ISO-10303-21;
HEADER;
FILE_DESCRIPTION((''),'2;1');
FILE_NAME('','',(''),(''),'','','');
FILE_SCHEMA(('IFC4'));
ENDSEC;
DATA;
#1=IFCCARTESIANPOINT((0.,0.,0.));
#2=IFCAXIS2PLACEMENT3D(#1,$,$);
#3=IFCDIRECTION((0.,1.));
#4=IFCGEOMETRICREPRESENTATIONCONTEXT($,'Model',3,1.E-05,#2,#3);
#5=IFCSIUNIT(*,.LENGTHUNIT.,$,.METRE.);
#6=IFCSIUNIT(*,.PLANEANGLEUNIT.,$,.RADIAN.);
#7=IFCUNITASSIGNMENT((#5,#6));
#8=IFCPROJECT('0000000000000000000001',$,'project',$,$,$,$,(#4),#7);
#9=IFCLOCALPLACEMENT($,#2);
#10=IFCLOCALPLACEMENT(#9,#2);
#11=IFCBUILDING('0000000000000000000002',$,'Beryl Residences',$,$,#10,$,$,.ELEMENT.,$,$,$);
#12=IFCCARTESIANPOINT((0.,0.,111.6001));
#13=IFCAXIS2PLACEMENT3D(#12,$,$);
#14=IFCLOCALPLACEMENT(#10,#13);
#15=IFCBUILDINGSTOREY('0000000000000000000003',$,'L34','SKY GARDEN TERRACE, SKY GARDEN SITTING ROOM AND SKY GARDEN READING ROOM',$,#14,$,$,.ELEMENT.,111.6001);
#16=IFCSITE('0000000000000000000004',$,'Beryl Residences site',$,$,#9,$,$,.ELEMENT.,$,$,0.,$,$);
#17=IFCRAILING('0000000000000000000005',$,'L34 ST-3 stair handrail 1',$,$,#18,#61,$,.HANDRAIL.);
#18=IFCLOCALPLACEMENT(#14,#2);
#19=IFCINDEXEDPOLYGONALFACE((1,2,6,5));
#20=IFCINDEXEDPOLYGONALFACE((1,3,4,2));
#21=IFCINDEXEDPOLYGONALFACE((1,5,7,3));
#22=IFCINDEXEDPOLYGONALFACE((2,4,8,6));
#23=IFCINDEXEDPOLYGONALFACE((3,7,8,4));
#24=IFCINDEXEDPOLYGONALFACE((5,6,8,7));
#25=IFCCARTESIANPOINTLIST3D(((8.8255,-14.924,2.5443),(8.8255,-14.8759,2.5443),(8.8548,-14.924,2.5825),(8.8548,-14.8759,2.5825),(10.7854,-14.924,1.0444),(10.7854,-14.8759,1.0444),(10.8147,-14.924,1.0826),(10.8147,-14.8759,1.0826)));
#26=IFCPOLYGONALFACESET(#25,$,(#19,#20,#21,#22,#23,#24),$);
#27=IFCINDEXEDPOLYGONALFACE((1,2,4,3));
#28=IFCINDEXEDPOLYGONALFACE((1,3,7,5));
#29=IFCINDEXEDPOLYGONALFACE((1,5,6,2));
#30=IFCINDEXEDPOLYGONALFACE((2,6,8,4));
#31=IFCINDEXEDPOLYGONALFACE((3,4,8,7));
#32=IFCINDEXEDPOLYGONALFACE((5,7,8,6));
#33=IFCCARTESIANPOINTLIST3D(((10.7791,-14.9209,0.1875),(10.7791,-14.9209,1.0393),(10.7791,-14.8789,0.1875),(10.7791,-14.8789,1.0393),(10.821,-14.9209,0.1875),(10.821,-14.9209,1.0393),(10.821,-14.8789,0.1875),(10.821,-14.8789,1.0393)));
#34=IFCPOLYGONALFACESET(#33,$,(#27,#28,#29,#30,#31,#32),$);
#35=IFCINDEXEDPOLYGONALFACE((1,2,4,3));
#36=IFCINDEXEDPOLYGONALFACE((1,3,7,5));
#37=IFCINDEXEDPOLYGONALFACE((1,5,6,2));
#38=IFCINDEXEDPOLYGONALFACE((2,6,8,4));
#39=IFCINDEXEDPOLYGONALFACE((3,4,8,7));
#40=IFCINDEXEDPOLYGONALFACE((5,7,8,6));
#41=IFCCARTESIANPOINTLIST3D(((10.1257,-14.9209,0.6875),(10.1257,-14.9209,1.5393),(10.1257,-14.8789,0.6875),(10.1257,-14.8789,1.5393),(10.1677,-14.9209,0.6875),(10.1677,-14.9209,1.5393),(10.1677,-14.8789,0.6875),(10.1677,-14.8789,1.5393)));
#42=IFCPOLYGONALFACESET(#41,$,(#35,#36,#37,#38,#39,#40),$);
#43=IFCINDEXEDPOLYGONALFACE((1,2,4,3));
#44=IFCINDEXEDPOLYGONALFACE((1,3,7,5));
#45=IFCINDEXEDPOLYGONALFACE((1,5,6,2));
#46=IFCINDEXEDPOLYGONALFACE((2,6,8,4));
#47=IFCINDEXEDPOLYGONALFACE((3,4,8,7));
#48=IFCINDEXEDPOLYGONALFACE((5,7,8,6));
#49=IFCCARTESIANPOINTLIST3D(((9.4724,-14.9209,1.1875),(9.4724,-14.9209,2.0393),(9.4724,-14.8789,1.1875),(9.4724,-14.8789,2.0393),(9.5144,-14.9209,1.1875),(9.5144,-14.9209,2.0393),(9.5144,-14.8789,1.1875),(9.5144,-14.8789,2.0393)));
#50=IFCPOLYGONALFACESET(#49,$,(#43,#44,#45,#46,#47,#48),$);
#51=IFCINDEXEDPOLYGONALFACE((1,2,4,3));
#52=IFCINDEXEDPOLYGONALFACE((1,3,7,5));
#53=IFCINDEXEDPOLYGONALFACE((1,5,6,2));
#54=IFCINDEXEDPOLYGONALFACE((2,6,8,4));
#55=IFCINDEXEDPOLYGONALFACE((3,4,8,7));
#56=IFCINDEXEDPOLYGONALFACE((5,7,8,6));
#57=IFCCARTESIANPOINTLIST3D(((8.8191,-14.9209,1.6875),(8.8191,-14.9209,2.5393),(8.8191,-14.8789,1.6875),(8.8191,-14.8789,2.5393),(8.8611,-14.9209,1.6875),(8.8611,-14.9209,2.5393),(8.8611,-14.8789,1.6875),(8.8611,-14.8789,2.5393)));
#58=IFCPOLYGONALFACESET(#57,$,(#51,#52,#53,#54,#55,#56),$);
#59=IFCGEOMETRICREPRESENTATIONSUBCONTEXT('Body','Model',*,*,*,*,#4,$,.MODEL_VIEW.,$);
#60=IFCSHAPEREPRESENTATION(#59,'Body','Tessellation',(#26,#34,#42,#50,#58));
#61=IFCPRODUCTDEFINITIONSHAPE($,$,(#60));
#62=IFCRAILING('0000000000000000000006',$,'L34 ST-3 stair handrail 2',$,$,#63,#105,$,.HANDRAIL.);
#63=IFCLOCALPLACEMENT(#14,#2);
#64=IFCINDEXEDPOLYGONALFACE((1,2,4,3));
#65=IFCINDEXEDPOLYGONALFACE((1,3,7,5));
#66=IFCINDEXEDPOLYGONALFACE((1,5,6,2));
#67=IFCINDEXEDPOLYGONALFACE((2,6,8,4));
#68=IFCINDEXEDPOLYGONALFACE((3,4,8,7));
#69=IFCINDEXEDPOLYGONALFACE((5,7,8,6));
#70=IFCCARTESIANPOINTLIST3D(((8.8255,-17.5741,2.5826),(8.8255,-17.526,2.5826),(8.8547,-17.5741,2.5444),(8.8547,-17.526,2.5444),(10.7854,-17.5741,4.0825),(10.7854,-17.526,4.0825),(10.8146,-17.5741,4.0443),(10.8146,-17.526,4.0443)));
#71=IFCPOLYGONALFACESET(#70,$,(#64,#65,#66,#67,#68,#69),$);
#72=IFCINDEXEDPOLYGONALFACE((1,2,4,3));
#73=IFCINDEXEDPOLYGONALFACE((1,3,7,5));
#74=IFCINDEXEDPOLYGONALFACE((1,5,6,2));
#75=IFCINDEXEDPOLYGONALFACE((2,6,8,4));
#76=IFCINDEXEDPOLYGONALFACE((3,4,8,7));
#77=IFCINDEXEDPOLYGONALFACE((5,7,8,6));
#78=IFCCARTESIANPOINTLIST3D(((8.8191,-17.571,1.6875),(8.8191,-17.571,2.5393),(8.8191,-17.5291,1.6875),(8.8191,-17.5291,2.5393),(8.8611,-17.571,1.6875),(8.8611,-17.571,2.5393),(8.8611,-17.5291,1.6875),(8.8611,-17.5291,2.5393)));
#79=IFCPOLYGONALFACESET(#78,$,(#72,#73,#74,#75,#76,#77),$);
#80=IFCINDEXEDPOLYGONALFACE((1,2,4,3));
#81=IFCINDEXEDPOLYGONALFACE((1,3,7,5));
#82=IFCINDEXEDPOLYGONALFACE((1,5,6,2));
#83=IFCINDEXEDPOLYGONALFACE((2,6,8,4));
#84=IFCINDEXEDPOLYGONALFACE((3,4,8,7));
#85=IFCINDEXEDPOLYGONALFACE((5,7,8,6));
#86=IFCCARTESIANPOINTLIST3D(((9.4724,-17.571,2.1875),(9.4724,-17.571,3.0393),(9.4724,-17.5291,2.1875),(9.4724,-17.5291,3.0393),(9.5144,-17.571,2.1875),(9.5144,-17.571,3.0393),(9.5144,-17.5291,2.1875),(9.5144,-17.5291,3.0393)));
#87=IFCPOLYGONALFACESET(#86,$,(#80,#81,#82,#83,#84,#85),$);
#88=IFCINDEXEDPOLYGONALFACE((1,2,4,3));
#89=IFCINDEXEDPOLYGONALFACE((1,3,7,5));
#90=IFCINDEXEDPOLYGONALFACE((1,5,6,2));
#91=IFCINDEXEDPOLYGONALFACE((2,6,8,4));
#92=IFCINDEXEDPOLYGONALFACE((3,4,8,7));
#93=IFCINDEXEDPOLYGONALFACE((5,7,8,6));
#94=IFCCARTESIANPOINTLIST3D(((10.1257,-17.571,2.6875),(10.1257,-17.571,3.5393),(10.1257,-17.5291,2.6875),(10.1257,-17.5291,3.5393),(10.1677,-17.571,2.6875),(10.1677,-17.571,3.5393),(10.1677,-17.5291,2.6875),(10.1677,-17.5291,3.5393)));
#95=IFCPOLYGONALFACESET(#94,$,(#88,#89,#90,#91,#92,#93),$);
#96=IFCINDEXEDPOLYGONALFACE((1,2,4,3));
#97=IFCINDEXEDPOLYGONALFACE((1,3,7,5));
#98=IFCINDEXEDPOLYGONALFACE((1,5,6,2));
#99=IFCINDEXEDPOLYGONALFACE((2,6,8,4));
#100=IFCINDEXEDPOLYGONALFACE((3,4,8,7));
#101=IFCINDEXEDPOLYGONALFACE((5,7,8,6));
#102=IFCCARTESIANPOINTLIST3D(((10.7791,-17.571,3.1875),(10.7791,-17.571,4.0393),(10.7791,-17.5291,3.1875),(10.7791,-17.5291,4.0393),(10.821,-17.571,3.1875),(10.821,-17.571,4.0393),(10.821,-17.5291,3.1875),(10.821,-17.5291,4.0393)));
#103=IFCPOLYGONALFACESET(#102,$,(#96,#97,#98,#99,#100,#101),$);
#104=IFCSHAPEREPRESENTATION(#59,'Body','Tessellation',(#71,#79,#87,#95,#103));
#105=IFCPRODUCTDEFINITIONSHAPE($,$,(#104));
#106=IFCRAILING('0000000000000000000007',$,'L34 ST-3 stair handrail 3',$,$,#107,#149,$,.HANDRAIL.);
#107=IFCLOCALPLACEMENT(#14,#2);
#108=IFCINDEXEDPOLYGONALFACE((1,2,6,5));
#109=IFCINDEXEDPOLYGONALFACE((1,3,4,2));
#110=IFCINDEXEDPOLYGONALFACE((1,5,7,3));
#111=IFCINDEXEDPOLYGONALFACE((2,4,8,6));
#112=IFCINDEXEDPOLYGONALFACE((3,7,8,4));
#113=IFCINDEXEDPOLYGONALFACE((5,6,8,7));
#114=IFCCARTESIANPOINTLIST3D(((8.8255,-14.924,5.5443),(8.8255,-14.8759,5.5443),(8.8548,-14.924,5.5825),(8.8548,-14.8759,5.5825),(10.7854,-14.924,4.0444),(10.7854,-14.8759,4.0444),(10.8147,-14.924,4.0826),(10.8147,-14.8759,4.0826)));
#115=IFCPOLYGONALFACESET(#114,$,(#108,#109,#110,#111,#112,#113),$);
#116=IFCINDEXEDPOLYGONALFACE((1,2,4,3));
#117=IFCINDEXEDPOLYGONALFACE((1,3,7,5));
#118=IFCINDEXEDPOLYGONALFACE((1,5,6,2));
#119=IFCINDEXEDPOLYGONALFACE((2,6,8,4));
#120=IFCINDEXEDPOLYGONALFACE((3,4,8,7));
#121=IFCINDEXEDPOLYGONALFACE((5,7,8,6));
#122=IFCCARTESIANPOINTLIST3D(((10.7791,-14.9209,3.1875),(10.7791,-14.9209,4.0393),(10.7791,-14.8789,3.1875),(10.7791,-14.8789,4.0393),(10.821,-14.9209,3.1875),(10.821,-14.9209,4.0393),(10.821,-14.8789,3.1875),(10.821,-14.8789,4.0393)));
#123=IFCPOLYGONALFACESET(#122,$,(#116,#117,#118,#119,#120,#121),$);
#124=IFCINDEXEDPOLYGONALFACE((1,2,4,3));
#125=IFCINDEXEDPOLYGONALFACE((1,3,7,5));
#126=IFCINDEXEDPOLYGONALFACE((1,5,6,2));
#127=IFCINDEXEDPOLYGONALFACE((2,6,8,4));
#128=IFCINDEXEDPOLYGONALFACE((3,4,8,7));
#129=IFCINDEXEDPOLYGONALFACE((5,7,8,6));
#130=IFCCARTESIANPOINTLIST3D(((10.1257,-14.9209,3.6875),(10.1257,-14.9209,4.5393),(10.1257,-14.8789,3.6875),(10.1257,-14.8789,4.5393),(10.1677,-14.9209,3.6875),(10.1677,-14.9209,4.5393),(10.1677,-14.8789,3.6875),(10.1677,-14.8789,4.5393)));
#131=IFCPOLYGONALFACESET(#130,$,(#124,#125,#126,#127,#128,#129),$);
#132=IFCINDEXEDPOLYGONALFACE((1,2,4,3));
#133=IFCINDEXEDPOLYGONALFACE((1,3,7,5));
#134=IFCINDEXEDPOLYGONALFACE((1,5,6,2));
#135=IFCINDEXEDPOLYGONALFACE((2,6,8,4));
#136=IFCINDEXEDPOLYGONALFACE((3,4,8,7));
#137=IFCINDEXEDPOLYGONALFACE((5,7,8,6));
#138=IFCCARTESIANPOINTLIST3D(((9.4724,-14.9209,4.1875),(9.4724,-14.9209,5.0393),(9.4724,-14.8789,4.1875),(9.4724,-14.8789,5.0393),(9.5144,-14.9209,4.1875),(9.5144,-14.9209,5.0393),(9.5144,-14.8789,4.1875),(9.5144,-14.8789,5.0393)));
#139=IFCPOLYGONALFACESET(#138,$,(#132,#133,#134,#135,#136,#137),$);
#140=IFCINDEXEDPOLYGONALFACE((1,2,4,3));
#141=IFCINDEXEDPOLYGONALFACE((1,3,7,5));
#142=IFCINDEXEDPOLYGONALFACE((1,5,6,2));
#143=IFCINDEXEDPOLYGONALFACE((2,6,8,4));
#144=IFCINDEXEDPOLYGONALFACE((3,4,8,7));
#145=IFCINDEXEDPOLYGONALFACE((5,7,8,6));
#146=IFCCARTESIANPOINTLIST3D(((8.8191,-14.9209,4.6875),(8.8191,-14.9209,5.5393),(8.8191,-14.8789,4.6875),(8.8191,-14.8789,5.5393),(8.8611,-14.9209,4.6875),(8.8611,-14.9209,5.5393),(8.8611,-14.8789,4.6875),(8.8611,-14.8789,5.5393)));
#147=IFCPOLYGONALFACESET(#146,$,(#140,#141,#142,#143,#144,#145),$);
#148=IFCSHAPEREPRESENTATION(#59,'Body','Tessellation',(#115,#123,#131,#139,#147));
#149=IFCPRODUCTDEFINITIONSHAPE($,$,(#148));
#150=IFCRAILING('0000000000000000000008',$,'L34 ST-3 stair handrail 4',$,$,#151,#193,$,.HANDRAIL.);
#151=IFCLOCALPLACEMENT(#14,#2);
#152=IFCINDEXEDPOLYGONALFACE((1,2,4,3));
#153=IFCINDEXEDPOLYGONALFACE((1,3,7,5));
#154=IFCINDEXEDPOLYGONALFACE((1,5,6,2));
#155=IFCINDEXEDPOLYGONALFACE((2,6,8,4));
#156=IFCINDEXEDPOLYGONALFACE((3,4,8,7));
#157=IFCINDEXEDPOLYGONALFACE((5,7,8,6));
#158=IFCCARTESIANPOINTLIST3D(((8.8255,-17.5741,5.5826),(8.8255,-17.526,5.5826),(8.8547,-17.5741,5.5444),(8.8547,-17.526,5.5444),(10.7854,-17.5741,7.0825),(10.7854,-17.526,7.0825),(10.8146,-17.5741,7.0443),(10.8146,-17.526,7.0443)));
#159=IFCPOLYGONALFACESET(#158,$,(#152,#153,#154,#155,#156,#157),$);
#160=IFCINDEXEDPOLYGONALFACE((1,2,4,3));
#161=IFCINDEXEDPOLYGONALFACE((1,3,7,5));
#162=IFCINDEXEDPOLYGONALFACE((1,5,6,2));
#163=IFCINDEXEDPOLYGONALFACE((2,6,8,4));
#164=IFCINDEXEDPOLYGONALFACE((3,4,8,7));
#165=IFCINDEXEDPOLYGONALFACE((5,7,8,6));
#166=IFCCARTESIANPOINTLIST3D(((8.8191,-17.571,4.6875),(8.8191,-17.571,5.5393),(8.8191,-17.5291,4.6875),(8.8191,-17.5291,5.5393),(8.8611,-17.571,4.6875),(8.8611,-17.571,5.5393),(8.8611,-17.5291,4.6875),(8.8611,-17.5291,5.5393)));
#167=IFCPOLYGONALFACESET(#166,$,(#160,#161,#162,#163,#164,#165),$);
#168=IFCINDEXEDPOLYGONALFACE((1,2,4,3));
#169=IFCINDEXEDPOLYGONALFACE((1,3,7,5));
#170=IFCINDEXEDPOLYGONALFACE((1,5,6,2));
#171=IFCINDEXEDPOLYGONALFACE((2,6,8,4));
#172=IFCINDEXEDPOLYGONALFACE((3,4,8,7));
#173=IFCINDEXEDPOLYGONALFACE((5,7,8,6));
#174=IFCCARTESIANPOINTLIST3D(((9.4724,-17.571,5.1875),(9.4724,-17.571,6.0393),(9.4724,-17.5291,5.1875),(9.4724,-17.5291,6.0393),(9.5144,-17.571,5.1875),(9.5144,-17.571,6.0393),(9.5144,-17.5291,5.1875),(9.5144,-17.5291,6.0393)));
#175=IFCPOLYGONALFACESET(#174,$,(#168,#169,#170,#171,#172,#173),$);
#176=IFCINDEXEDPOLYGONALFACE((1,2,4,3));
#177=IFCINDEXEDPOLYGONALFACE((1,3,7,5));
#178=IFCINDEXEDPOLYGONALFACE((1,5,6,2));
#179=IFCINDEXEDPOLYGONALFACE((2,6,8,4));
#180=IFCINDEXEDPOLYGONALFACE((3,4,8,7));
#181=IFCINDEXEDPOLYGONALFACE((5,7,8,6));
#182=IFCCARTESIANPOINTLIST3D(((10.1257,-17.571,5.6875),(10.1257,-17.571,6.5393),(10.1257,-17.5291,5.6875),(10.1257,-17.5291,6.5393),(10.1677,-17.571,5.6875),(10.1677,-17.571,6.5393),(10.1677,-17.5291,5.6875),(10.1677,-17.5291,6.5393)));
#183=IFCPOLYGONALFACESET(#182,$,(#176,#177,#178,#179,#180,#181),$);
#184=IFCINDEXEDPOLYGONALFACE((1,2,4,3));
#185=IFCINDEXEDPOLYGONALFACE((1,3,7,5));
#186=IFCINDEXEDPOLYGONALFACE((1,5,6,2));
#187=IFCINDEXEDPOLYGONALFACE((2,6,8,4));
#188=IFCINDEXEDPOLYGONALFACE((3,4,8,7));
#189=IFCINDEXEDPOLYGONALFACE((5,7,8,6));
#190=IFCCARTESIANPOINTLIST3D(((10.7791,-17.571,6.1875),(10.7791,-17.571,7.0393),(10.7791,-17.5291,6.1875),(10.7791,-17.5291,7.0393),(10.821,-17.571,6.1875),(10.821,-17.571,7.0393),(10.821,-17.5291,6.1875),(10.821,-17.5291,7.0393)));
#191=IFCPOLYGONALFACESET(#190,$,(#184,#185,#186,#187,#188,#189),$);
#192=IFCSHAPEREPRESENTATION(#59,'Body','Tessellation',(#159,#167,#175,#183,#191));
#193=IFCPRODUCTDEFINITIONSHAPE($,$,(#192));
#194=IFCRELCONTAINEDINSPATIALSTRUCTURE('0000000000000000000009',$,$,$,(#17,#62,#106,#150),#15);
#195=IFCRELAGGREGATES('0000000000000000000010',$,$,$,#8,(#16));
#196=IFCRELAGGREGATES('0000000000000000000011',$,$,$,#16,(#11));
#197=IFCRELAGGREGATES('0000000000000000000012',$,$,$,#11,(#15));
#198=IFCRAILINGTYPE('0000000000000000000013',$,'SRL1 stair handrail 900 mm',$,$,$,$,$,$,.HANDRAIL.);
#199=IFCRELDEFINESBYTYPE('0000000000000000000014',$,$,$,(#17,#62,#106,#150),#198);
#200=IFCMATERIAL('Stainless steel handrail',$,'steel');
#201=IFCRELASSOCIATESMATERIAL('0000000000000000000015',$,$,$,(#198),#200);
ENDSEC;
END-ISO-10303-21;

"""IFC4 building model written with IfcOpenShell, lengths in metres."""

from ifc_helpers import new_model, si_unit, direction, frame, origin, origin_2d, place, context, subcontext, project, spatial, rectangle, extrude, material, type_object, element, save


model = new_model("IFC4")

# Units and contexts
model_context = context("Model", 3, precision=1e-05, world=origin(), true_north=direction((0.0, 1.0)))
body_context = subcontext(model_context, "Body", "Model", "MODEL_VIEW")
ifc_project = project(units=[si_unit("LENGTHUNIT", "METRE"), si_unit("PLANEANGLEUNIT", "RADIAN")], contexts=[model_context])

# Site, building, storey
site_placement = place(None, origin())
site = spatial("IfcSite", under=ifc_project, at=site_placement, Name="Beryl Residences site", CompositionType="ELEMENT", RefElevation=0.0)
building_placement = place(site_placement, origin())
building = spatial("IfcBuilding", under=site, at=building_placement, Name="Beryl Residences", CompositionType="ELEMENT")
storey_placement = place(building_placement, frame((0.0, 0.0, 111.6001)))
storey = spatial("IfcBuildingStorey", under=building, at=storey_placement, Name="L34", Description="SKY GARDEN TERRACE, SKY GARDEN SITTING ROOM AND SKY GARDEN READING ROOM", CompositionType="ELEMENT", Elevation=111.6001)

# Railings
ifc_material_1 = material(Name="Stainless steel handrail", Category="steel")
railing_type_1 = type_object("IfcRailingType", Name="SRL1 stair handrail 900 mm", PredefinedType="HANDRAIL", material=ifc_material_1)
railing_1_placement = place(storey_placement, frame((10.8, -14.8999, 0.1875)))
element("IfcRailing", 1, at=railing_1_placement, inside=storey, type_object=railing_type_1, Name="L34 ST-3 stair handrail 1", PredefinedType="HANDRAIL", context=body_context, shape_type="SweptSolid", body=[
    extrude(rectangle(XDim=0.0481, YDim=0.0481, at=origin_2d()), frame((0.0, 0.0, 0.876), z_axis=(-0.794122, 0.0, 0.607758), x_axis=(0.0, -1.0, 0.0)), (0.0, 0.0, 1.0), 2.468),
    extrude(rectangle(XDim=0.042, YDim=0.042, at=origin_2d()), origin(), (0.0, 0.0, 1.0), 0.8518),
    extrude(rectangle(XDim=0.042, YDim=0.042, at=origin_2d()), frame((-0.6533, 0.0, 0.5)), (0.0, 0.0, 1.0), 0.8518),
    extrude(rectangle(XDim=0.042, YDim=0.042, at=origin_2d()), frame((-1.3066, 0.0, 1.0)), (0.0, 0.0, 1.0), 0.8518),
    extrude(rectangle(XDim=0.042, YDim=0.042, at=origin_2d()), frame((-1.96, 0.0, 1.5)), (0.0, 0.0, 1.0), 0.8518),
])
railing_2_placement = place(storey_placement, frame((8.8401, -17.55, 1.6875)))
element("IfcRailing", 2, at=railing_2_placement, inside=storey, type_object=railing_type_1, Name="L34 ST-3 stair handrail 2", PredefinedType="HANDRAIL", context=body_context, shape_type="SweptSolid", body=[
    extrude(rectangle(XDim=0.0481, YDim=0.0481, at=origin_2d()), frame((0.0, 0.0, 0.876), z_axis=(0.794122, 0.0, 0.607758), x_axis=(0.0, 1.0, 0.0)), (0.0, 0.0, 1.0), 2.468),
    extrude(rectangle(XDim=0.042, YDim=0.042, at=origin_2d()), origin(), (0.0, 0.0, 1.0), 0.8518),
    extrude(rectangle(XDim=0.042, YDim=0.042, at=origin_2d()), frame((0.6533, 0.0, 0.5)), (0.0, 0.0, 1.0), 0.8518),
    extrude(rectangle(XDim=0.042, YDim=0.042, at=origin_2d()), frame((1.3066, 0.0, 1.0)), (0.0, 0.0, 1.0), 0.8518),
    extrude(rectangle(XDim=0.042, YDim=0.042, at=origin_2d()), frame((1.96, 0.0, 1.5)), (0.0, 0.0, 1.0), 0.8518),
])
railing_3_placement = place(storey_placement, frame((10.8, -14.8999, 3.1875)))
element("IfcRailing", 3, at=railing_3_placement, inside=storey, type_object=railing_type_1, Name="L34 ST-3 stair handrail 3", PredefinedType="HANDRAIL", context=body_context, shape_type="SweptSolid", body=[
    extrude(rectangle(XDim=0.0481, YDim=0.0481, at=origin_2d()), frame((0.0, 0.0, 0.876), z_axis=(-0.794122, 0.0, 0.607758), x_axis=(0.0, -1.0, 0.0)), (0.0, 0.0, 1.0), 2.468),
    extrude(rectangle(XDim=0.042, YDim=0.042, at=origin_2d()), origin(), (0.0, 0.0, 1.0), 0.8518),
    extrude(rectangle(XDim=0.042, YDim=0.042, at=origin_2d()), frame((-0.6533, 0.0, 0.5)), (0.0, 0.0, 1.0), 0.8518),
    extrude(rectangle(XDim=0.042, YDim=0.042, at=origin_2d()), frame((-1.3066, 0.0, 1.0)), (0.0, 0.0, 1.0), 0.8518),
    extrude(rectangle(XDim=0.042, YDim=0.042, at=origin_2d()), frame((-1.96, 0.0, 1.5)), (0.0, 0.0, 1.0), 0.8518),
])
railing_4_placement = place(storey_placement, frame((8.8401, -17.55, 4.6875)))
element("IfcRailing", 4, at=railing_4_placement, inside=storey, type_object=railing_type_1, Name="L34 ST-3 stair handrail 4", PredefinedType="HANDRAIL", context=body_context, shape_type="SweptSolid", body=[
    extrude(rectangle(XDim=0.0481, YDim=0.0481, at=origin_2d()), frame((0.0, 0.0, 0.876), z_axis=(0.794122, 0.0, 0.607758), x_axis=(0.0, 1.0, 0.0)), (0.0, 0.0, 1.0), 2.468),
    extrude(rectangle(XDim=0.042, YDim=0.042, at=origin_2d()), origin(), (0.0, 0.0, 1.0), 0.8518),
    extrude(rectangle(XDim=0.042, YDim=0.042, at=origin_2d()), frame((0.6533, 0.0, 0.5)), (0.0, 0.0, 1.0), 0.8518),
    extrude(rectangle(XDim=0.042, YDim=0.042, at=origin_2d()), frame((1.3066, 0.0, 1.0)), (0.0, 0.0, 1.0), 0.8518),
    extrude(rectangle(XDim=0.042, YDim=0.042, at=origin_2d()), frame((1.96, 0.0, 1.5)), (0.0, 0.0, 1.0), 0.8518),
])

save(model, "model.ifc")
